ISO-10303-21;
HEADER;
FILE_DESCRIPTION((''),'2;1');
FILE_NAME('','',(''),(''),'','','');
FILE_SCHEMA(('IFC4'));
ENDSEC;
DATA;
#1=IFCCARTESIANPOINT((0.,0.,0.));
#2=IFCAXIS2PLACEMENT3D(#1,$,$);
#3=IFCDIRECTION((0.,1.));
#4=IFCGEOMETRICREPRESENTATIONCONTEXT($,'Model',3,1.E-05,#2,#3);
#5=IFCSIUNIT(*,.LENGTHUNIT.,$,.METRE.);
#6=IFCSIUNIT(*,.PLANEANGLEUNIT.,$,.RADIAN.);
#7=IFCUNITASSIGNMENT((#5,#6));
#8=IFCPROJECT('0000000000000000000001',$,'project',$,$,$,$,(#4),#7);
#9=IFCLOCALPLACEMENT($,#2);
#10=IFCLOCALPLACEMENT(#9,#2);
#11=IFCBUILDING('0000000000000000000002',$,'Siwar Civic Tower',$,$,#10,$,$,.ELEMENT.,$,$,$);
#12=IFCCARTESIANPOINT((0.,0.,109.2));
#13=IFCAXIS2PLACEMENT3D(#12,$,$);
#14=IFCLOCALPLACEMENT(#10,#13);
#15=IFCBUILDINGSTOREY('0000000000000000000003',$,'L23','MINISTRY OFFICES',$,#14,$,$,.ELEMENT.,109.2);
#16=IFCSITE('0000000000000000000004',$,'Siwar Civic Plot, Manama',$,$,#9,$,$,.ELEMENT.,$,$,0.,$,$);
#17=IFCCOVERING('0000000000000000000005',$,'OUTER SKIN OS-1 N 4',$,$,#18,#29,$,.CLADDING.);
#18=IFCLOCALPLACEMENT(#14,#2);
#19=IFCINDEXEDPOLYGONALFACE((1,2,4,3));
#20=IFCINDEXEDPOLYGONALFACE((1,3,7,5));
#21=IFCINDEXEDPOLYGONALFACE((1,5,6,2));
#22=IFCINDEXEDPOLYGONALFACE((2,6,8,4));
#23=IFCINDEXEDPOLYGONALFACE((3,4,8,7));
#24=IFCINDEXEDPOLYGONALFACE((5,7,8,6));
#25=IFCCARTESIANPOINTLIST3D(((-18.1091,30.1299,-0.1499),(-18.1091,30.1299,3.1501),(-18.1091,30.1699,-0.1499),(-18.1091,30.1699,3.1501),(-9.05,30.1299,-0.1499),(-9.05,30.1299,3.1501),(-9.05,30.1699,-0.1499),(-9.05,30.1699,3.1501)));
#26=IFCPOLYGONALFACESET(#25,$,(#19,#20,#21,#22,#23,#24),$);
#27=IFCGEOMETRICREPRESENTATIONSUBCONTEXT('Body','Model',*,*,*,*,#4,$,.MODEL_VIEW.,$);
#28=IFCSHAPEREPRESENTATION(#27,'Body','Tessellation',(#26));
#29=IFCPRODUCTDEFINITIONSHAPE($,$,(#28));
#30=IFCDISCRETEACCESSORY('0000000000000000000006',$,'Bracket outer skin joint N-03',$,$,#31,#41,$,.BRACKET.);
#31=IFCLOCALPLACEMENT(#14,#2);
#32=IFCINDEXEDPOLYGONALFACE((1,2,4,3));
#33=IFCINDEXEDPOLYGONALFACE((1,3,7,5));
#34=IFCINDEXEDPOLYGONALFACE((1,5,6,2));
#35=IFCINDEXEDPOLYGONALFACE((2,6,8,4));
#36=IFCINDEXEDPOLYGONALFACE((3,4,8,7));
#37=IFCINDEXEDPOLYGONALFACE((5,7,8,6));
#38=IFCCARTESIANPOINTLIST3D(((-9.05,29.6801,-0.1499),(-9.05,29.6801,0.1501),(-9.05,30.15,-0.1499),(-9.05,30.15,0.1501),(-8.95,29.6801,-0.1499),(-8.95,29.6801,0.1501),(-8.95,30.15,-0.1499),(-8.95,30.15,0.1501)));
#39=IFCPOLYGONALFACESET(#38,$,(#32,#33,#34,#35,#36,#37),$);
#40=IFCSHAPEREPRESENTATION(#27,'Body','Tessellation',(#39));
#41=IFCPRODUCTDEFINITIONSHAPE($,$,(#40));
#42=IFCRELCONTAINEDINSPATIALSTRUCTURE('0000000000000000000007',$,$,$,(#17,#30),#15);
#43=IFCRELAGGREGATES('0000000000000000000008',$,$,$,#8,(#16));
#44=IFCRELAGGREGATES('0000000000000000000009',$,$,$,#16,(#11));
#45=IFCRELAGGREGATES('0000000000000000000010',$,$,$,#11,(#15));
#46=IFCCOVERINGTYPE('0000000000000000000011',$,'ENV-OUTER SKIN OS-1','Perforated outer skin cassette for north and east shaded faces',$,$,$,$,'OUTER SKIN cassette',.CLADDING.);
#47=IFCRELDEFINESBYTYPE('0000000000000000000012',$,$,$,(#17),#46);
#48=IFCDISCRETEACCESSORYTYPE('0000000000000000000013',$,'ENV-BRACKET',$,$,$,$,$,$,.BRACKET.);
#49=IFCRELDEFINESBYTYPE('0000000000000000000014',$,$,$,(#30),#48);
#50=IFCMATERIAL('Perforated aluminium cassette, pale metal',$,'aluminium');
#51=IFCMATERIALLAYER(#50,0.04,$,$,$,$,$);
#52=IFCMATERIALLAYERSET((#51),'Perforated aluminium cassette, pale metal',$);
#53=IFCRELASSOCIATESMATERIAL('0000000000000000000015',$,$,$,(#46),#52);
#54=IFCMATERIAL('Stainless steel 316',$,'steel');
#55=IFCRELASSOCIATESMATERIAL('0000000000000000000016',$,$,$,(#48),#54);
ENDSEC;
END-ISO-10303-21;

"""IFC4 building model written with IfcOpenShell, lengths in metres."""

from ifc_helpers import new_model, si_unit, direction, frame, origin, origin_2d, place, context, subcontext, project, spatial, rectangle, extrude, material, layer, layer_set, type_object, element, save


model = new_model("IFC4")

# Units and contexts
model_context = context("Model", 3, precision=1e-05, world=origin(), true_north=direction((0.0, 1.0)))
body_context = subcontext(model_context, "Body", "Model", "MODEL_VIEW")
ifc_project = project(units=[si_unit("LENGTHUNIT", "METRE"), si_unit("PLANEANGLEUNIT", "RADIAN")], contexts=[model_context])

# Site, building, storey
site_placement = place(None, origin())
site = spatial("IfcSite", under=ifc_project, at=site_placement, Name="Siwar Civic Plot, Manama", CompositionType="ELEMENT", RefElevation=0.0)
building_placement = place(site_placement, origin())
building = spatial("IfcBuilding", under=site, at=building_placement, Name="Siwar Civic Tower", CompositionType="ELEMENT")
storey_placement = place(building_placement, frame((0.0, 0.0, 109.2)))
storey = spatial("IfcBuildingStorey", under=building, at=storey_placement, Name="L23", Description="MINISTRY OFFICES", CompositionType="ELEMENT", Elevation=109.2)

# Covering
ifc_material_1 = material(Name="Perforated aluminium cassette, pale metal", Category="aluminium")
ifc_layer_1 = layer(ifc_material_1, 0.04)
ifc_layer_set_1 = layer_set([ifc_layer_1], Name="Perforated aluminium cassette, pale metal")
covering_type = type_object("IfcCoveringType", Name="ENV-OUTER SKIN OS-1", Description="Perforated outer skin cassette for north and east shaded faces", ElementType="OUTER SKIN cassette", PredefinedType="CLADDING", material=ifc_layer_set_1)
covering_1_placement = place(storey_placement, frame((-13.5796, 30.1499, -0.1499), z_axis=(0.0, 0.0, 1.0), x_axis=(-1.0, 0.0, 0.0)))
element("IfcCovering", 1, at=covering_1_placement, inside=storey, type_object=covering_type, Name="OUTER SKIN OS-1 N 4", PredefinedType="CLADDING", context=body_context, shape_type="SweptSolid", body=[
    extrude(rectangle(XDim=9.0591, YDim=0.04, at=origin_2d()), origin(), (0.0, 0.0, 1.0), 3.3),
])

# Discrete accessory
ifc_material_2 = material(Name="Stainless steel 316", Category="steel")
discrete_accessory_type = type_object("IfcDiscreteAccessoryType", Name="ENV-BRACKET", PredefinedType="BRACKET", material=ifc_material_2)
discrete_accessory_placement = place(storey_placement, frame((-9.0, 29.915, -0.1499), z_axis=(0.0, 0.0, 1.0), x_axis=(0.0, 1.0, 0.0)))
element("IfcDiscreteAccessory", 2, at=discrete_accessory_placement, inside=storey, type_object=discrete_accessory_type, Name="Bracket outer skin joint N-03", PredefinedType="BRACKET", context=body_context, shape_type="SweptSolid", body=[
    extrude(rectangle(XDim=0.47, YDim=0.1001, at=origin_2d()), origin(), (0.0, 0.0, 1.0), 0.3),
])

save(model, "model.ifc")
